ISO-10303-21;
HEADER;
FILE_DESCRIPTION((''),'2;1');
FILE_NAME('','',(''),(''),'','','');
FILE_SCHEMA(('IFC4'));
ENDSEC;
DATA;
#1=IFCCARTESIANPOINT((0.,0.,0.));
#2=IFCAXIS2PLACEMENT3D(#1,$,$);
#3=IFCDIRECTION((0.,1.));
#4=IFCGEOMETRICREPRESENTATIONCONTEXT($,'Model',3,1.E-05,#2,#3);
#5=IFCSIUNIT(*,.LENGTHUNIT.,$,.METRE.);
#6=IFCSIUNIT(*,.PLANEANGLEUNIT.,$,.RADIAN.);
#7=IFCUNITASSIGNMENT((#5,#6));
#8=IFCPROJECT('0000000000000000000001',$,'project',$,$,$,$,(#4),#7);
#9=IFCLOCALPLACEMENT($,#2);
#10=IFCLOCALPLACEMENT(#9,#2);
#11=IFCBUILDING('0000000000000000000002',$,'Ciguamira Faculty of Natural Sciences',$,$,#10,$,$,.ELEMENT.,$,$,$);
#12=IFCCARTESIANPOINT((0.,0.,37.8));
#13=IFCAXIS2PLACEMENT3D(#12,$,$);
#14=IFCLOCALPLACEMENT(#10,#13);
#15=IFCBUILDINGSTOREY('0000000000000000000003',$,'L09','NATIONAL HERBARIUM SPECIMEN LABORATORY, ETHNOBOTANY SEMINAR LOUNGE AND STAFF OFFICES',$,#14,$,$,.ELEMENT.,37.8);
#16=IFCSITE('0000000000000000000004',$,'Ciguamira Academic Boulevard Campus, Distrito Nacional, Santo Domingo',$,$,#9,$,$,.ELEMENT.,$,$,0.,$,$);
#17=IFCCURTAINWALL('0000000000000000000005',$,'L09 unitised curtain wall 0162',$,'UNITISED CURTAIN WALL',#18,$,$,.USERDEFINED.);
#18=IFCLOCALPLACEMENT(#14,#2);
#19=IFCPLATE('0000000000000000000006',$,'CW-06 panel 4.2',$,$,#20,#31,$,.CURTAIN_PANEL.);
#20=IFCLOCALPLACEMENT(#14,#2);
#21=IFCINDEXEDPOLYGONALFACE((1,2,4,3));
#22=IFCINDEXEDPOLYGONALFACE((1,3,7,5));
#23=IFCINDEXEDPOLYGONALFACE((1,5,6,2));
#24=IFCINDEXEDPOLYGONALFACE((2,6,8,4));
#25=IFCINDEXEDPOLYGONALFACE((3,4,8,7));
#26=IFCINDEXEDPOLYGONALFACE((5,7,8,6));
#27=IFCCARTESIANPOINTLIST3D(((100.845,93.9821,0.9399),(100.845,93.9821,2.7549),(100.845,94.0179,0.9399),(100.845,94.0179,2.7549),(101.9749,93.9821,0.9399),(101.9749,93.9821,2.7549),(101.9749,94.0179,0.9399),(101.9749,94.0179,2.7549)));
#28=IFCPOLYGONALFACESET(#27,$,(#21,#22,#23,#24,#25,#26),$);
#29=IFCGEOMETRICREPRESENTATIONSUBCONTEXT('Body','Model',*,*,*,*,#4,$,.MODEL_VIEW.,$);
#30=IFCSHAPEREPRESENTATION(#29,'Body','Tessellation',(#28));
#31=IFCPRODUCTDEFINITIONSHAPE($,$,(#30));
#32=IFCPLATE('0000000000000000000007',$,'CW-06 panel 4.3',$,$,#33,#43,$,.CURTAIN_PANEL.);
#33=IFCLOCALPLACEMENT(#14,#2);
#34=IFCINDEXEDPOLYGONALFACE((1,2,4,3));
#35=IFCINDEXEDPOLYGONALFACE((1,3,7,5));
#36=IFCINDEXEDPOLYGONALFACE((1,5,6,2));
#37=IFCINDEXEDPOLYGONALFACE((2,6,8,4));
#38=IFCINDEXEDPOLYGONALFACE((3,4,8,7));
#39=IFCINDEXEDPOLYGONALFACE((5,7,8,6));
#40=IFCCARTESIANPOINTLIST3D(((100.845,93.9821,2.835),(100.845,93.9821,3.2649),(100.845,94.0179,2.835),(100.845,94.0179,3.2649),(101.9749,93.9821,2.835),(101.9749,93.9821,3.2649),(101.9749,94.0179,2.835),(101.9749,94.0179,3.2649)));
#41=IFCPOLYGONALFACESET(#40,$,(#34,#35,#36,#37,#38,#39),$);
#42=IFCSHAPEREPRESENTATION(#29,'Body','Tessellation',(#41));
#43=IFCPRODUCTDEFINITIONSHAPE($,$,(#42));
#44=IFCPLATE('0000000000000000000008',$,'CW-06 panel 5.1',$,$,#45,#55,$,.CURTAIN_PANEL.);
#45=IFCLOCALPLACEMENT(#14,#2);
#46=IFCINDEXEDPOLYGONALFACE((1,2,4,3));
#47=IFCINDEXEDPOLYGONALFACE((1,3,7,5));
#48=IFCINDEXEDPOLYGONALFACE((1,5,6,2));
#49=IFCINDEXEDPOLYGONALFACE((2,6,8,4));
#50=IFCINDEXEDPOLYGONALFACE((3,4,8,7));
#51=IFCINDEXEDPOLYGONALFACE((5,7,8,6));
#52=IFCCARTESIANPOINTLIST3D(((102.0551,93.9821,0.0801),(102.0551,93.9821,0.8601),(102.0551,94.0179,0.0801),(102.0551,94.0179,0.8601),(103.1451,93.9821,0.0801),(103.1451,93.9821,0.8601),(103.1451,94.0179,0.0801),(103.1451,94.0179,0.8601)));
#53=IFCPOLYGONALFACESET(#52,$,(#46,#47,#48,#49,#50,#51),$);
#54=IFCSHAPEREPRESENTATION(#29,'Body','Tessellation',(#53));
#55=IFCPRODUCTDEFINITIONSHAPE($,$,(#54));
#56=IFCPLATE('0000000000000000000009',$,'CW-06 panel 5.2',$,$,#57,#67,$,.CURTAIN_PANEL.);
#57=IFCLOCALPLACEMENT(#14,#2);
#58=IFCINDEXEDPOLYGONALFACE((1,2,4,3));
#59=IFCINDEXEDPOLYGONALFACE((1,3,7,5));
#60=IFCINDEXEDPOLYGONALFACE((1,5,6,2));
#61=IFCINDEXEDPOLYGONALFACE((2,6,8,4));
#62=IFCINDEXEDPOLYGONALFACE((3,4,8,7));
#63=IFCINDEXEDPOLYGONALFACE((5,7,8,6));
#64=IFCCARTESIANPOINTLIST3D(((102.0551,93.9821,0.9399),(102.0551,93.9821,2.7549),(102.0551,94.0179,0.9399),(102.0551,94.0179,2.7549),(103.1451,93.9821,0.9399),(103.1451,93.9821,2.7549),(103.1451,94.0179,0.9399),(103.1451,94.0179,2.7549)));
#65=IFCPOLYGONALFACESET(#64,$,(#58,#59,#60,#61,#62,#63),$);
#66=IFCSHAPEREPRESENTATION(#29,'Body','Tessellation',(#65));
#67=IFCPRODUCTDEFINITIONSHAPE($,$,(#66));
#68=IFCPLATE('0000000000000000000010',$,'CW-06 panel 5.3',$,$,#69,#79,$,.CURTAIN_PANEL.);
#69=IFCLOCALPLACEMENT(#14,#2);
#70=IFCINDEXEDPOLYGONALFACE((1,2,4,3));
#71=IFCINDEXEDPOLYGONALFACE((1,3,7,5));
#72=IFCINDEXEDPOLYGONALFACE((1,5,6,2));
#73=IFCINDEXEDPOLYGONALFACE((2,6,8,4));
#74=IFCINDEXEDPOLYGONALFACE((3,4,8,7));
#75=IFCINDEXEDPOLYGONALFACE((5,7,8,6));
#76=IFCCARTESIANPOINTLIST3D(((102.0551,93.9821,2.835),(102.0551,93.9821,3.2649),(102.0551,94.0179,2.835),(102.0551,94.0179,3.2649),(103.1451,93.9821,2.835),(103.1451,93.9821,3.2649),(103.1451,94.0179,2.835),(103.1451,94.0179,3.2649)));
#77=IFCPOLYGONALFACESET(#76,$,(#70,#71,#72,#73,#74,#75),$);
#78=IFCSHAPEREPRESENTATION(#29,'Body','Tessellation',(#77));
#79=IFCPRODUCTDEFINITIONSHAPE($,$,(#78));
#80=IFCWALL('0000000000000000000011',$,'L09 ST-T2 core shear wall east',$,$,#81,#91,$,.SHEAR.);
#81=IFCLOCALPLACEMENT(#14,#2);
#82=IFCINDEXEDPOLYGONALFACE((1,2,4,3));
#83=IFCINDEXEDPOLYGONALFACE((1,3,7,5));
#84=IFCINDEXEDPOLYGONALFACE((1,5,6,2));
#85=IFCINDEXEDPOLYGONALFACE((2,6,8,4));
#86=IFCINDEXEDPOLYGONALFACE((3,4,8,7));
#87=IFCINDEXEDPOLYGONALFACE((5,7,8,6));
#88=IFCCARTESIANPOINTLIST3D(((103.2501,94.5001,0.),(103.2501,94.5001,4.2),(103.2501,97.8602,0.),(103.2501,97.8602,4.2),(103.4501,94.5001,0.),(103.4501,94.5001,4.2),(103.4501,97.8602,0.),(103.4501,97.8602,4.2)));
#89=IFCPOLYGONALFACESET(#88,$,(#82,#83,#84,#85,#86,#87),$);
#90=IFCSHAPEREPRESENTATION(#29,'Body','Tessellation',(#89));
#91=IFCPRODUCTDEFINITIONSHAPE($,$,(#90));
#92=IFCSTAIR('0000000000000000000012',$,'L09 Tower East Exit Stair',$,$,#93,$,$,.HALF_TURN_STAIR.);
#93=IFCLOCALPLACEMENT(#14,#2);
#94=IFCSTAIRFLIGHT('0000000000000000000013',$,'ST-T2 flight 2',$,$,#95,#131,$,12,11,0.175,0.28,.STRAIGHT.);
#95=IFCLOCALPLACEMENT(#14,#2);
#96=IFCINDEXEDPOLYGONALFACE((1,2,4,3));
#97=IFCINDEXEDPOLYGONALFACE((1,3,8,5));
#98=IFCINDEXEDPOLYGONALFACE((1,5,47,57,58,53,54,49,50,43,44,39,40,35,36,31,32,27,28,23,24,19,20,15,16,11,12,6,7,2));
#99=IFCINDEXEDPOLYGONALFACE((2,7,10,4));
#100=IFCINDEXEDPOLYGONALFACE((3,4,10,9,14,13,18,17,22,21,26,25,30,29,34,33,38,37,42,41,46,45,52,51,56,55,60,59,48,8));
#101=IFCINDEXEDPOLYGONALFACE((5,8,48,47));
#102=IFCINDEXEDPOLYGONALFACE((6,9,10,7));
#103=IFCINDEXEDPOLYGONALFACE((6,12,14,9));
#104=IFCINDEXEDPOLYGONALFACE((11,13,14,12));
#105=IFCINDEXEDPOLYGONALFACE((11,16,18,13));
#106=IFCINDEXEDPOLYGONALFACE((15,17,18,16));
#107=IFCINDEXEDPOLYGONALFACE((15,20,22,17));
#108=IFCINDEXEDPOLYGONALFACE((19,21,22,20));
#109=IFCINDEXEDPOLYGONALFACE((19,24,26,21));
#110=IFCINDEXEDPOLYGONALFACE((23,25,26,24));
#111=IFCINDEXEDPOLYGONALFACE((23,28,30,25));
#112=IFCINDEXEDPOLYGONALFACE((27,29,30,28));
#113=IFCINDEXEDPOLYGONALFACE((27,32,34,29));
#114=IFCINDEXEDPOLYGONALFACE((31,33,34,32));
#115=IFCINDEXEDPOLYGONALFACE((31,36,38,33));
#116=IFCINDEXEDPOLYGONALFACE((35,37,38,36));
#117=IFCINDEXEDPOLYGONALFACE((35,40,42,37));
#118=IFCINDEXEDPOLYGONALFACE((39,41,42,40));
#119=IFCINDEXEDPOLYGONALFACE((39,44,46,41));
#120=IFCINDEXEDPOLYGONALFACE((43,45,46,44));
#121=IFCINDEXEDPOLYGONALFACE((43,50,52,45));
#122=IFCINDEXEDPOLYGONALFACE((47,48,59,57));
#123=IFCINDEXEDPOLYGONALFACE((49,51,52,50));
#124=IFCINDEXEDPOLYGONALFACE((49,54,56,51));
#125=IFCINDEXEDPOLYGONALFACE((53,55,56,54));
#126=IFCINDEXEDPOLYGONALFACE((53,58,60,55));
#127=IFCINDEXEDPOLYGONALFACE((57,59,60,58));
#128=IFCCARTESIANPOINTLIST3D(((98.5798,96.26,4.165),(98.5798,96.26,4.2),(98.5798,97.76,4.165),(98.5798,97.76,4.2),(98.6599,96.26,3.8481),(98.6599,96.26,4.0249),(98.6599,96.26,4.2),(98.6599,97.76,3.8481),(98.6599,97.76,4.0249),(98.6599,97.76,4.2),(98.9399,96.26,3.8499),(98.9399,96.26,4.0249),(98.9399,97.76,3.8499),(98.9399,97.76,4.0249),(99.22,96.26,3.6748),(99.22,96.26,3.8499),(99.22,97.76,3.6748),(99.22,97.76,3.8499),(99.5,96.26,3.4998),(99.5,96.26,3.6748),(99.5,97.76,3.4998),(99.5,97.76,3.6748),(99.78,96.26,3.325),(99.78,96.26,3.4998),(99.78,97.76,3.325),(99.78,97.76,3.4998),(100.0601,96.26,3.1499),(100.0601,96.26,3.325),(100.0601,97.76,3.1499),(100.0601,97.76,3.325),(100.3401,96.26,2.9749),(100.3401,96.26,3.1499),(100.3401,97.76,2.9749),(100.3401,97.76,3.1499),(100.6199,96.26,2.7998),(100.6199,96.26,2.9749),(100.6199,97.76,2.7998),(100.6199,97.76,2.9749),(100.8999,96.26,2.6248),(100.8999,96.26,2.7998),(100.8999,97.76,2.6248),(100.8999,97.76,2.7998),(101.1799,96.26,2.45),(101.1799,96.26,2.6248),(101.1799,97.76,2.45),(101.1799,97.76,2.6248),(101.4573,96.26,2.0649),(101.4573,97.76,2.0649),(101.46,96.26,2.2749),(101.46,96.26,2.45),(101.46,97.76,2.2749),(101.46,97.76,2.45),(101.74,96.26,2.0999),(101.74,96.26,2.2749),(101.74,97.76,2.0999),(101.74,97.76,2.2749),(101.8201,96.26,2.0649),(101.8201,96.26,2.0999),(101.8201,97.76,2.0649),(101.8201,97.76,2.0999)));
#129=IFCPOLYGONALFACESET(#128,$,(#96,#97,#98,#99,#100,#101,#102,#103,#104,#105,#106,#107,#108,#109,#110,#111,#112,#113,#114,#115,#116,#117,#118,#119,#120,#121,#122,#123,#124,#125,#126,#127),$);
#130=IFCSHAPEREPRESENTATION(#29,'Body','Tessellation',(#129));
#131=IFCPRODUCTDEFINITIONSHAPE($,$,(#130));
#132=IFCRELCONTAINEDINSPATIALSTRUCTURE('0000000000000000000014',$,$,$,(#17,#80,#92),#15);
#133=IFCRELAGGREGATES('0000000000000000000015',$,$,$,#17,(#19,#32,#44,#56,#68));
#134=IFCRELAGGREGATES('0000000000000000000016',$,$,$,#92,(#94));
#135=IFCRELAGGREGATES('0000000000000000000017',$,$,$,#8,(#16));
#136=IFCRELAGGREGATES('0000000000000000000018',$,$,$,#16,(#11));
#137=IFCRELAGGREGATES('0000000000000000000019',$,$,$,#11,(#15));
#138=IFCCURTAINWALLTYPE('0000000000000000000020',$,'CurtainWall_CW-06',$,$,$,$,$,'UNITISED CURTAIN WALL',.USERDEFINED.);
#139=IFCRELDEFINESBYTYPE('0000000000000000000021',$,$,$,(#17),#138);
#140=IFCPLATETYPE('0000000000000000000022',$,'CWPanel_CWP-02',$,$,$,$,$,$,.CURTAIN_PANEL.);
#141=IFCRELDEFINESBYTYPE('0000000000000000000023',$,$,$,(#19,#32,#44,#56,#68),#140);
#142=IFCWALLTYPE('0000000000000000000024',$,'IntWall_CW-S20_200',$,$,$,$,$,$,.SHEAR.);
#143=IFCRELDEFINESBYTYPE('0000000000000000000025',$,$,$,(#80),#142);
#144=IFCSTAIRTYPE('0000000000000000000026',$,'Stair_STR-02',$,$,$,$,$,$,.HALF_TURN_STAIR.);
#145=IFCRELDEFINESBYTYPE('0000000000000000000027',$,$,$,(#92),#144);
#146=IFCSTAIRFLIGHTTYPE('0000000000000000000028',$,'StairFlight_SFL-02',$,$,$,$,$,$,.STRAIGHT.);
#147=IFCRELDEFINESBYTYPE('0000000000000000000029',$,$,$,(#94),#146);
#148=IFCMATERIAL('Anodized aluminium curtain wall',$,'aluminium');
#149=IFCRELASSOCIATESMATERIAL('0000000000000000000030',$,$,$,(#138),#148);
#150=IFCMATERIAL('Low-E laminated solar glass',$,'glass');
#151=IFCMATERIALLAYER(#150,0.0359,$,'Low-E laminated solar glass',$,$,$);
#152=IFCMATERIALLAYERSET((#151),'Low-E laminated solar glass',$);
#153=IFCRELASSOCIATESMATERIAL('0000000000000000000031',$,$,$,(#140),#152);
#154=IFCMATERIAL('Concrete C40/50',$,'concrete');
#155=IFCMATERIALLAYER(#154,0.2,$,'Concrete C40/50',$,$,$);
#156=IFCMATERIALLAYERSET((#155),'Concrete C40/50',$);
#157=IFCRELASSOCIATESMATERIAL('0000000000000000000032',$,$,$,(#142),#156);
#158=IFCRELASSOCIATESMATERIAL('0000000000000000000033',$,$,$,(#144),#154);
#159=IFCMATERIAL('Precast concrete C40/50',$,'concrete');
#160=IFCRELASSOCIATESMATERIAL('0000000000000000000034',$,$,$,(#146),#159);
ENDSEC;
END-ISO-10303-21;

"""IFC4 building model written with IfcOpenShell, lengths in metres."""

from ifc_helpers import new_model, si_unit, direction, frame, frame_2d, origin, origin_2d, place, context, subcontext, project, spatial, polyline, rectangle, outline, extrude, material, layer, layer_set, type_object, element, aggregate, save


model = new_model("IFC4")

# Units and contexts
model_context = context("Model", 3, precision=1e-05, world=origin(), true_north=direction((0.0, 1.0)))
body_context = subcontext(model_context, "Body", "Model", "MODEL_VIEW")
ifc_project = project(units=[si_unit("LENGTHUNIT", "METRE"), si_unit("PLANEANGLEUNIT", "RADIAN")], contexts=[model_context])

# Site, building, storey
site_placement = place(None, origin())
site = spatial("IfcSite", under=ifc_project, at=site_placement, Name="Ciguamira Academic Boulevard Campus, Distrito Nacional, Santo Domingo", CompositionType="ELEMENT", RefElevation=0.0)
building_placement = place(site_placement, origin())
building = spatial("IfcBuilding", under=site, at=building_placement, Name="Ciguamira Faculty of Natural Sciences", CompositionType="ELEMENT")
storey_placement = place(building_placement, frame((0.0, 0.0, 37.8)))
storey = spatial("IfcBuildingStorey", under=building, at=storey_placement, Name="L09", Description="NATIONAL HERBARIUM SPECIMEN LABORATORY, ETHNOBOTANY SEMINAR LOUNGE AND STAFF OFFICES", CompositionType="ELEMENT", Elevation=37.8)

# Shared definitions
ifc_material_1 = material(Name="Concrete C40/50", Category="concrete")

# Curtain wall, plates
ifc_material_2 = material(Name="Anodized aluminium curtain wall", Category="aluminium")
curtain_wall_type = type_object("IfcCurtainWallType", Name="CurtainWall_CW-06", ElementType="UNITISED CURTAIN WALL", PredefinedType="USERDEFINED", material=ifc_material_2)
curtain_wall_placement = place(storey_placement, origin())
curtain_wall = element("IfcCurtainWall", 1, at=curtain_wall_placement, inside=storey, type_object=curtain_wall_type, Name="L09 unitised curtain wall 0162", ObjectType="UNITISED CURTAIN WALL", PredefinedType="USERDEFINED")
ifc_material_3 = material(Name="Low-E laminated solar glass", Category="glass")
ifc_layer_1 = layer(ifc_material_3, 0.0359, Name="Low-E laminated solar glass")
ifc_layer_set_1 = layer_set([ifc_layer_1], Name="Low-E laminated solar glass")
plate_type = type_object("IfcPlateType", Name="CWPanel_CWP-02", PredefinedType="CURTAIN_PANEL", material=ifc_layer_set_1)
plate_1_placement = place(storey_placement, frame((101.4099, 94.0, 0.9399), z_axis=(0.0, 0.0, 1.0), x_axis=(1.0, 0.0, 0.0)))
plate_1 = element("IfcPlate", 2, at=plate_1_placement, type_object=plate_type, Name="CW-06 panel 4.2", PredefinedType="CURTAIN_PANEL", context=body_context, shape_type="SweptSolid", body=[
    extrude(rectangle(XDim=1.1299, YDim=0.0359, at=origin_2d()), origin(), (0.0, 0.0, 1.0), 1.8149),
])
plate_2_placement = place(storey_placement, frame((101.4099, 94.0, 2.835), z_axis=(0.0, 0.0, 1.0), x_axis=(1.0, 0.0, 0.0)))
plate_2 = element("IfcPlate", 3, at=plate_2_placement, type_object=plate_type, Name="CW-06 panel 4.3", PredefinedType="CURTAIN_PANEL", context=body_context, shape_type="SweptSolid", body=[
    extrude(rectangle(XDim=1.1299, YDim=0.0359, at=origin_2d()), origin(), (0.0, 0.0, 1.0), 0.4299),
])
plate_3_placement = place(storey_placement, frame((102.6001, 94.0, 0.0801), z_axis=(0.0, 0.0, 1.0), x_axis=(1.0, 0.0, 0.0)))
plate_3 = element("IfcPlate", 4, at=plate_3_placement, type_object=plate_type, Name="CW-06 panel 5.1", PredefinedType="CURTAIN_PANEL", context=body_context, shape_type="SweptSolid", body=[
    extrude(rectangle(XDim=1.0901, YDim=0.0359, at=origin_2d()), origin(), (0.0, 0.0, 1.0), 0.78),
])
plate_4_placement = place(storey_placement, frame((102.6001, 94.0, 0.9399), z_axis=(0.0, 0.0, 1.0), x_axis=(1.0, 0.0, 0.0)))
plate_4 = element("IfcPlate", 5, at=plate_4_placement, type_object=plate_type, Name="CW-06 panel 5.2", PredefinedType="CURTAIN_PANEL", context=body_context, shape_type="SweptSolid", body=[
    extrude(rectangle(XDim=1.0901, YDim=0.0359, at=origin_2d()), origin(), (0.0, 0.0, 1.0), 1.8149),
])
plate_5_placement = place(storey_placement, frame((102.6001, 94.0, 2.835), z_axis=(0.0, 0.0, 1.0), x_axis=(1.0, 0.0, 0.0)))
plate_5 = element("IfcPlate", 6, at=plate_5_placement, type_object=plate_type, Name="CW-06 panel 5.3", PredefinedType="CURTAIN_PANEL", context=body_context, shape_type="SweptSolid", body=[
    extrude(rectangle(XDim=1.0901, YDim=0.0359, at=origin_2d()), origin(), (0.0, 0.0, 1.0), 0.4299),
])
aggregate(curtain_wall, [plate_1, plate_2, plate_3, plate_4, plate_5])

# Wall
ifc_layer_2 = layer(ifc_material_1, 0.2, Name="Concrete C40/50")
ifc_layer_set_2 = layer_set([ifc_layer_2], Name="Concrete C40/50")
wall_type = type_object("IfcWallType", Name="IntWall_CW-S20_200", PredefinedType="SHEAR", material=ifc_layer_set_2)
wall_placement = place(storey_placement, frame((103.3501, 94.5, 0.0), z_axis=(0.0, 0.0, 1.0), x_axis=(0.0, 1.0, 0.0)))
element("IfcWall", 7, at=wall_placement, inside=storey, type_object=wall_type, Name="L09 ST-T2 core shear wall east", PredefinedType="SHEAR", context=body_context, shape_type="SweptSolid", body=[
    extrude(rectangle(XDim=3.3601, YDim=0.2, at=frame_2d((1.6802, 0.0))), origin(), (0.0, 0.0, 1.0), 4.2),
])

# Stair, stair flight
stair_type = type_object("IfcStairType", Name="Stair_STR-02", PredefinedType="HALF_TURN_STAIR", material=ifc_material_1)
stair_placement = place(storey_placement, origin())
stair = element("IfcStair", 8, at=stair_placement, inside=storey, type_object=stair_type, Name="L09 Tower East Exit Stair", PredefinedType="HALF_TURN_STAIR")
ifc_material_4 = material(Name="Precast concrete C40/50", Category="concrete")
stair_flight_type = type_object("IfcStairFlightType", Name="StairFlight_SFL-02", PredefinedType="STRAIGHT", material=ifc_material_4)
stair_flight_placement = place(storey_placement, frame((101.74, 97.01, 2.0999), z_axis=(0.0, 0.0, 1.0), x_axis=(-1.0, 0.0, 0.0)))
stair_flight = element("IfcStairFlight", 9, at=stair_flight_placement, type_object=stair_flight_type, Name="ST-T2 flight 2", NumberOfRisers=12, NumberOfTreads=11, PredefinedType="STRAIGHT", RiserHeight=0.175, TreadLength=0.28, context=body_context, shape_type="SweptSolid", body=[
    extrude(outline(polyline([(-0.0801, -0.0349), (-0.0801, 0.0), (0.0, 0.0), (0.0, 0.175), (0.28, 0.175), (0.28, 0.3501), (0.5601, 0.3501), (0.5601, 0.5249), (0.8401, 0.5249), (0.8401, 0.7), (1.1201, 0.7), (1.1201, 0.875), (1.3999, 0.875), (1.3999, 1.05), (1.6799, 1.05), (1.6799, 1.2251), (1.96, 1.2251), (1.96, 1.3999), (2.24, 1.3999), (2.24, 1.575), (2.52, 1.575), (2.52, 1.75), (2.8, 1.75), (2.8, 1.925), (3.0801, 1.925), (3.0801, 2.1001), (3.1602, 2.1001), (3.1602, 2.0652), (3.0801, 1.7483), (0.2827, -0.0349), (-0.0801, -0.0349)])), frame((0.0, 0.75, 0.0), z_axis=(0.0, -1.0, 0.0), x_axis=(1.0, 0.0, 0.0)), (0.0, 0.0, 1.0), 1.5),
])
aggregate(stair, [stair_flight])

save(model, "model.ifc")
